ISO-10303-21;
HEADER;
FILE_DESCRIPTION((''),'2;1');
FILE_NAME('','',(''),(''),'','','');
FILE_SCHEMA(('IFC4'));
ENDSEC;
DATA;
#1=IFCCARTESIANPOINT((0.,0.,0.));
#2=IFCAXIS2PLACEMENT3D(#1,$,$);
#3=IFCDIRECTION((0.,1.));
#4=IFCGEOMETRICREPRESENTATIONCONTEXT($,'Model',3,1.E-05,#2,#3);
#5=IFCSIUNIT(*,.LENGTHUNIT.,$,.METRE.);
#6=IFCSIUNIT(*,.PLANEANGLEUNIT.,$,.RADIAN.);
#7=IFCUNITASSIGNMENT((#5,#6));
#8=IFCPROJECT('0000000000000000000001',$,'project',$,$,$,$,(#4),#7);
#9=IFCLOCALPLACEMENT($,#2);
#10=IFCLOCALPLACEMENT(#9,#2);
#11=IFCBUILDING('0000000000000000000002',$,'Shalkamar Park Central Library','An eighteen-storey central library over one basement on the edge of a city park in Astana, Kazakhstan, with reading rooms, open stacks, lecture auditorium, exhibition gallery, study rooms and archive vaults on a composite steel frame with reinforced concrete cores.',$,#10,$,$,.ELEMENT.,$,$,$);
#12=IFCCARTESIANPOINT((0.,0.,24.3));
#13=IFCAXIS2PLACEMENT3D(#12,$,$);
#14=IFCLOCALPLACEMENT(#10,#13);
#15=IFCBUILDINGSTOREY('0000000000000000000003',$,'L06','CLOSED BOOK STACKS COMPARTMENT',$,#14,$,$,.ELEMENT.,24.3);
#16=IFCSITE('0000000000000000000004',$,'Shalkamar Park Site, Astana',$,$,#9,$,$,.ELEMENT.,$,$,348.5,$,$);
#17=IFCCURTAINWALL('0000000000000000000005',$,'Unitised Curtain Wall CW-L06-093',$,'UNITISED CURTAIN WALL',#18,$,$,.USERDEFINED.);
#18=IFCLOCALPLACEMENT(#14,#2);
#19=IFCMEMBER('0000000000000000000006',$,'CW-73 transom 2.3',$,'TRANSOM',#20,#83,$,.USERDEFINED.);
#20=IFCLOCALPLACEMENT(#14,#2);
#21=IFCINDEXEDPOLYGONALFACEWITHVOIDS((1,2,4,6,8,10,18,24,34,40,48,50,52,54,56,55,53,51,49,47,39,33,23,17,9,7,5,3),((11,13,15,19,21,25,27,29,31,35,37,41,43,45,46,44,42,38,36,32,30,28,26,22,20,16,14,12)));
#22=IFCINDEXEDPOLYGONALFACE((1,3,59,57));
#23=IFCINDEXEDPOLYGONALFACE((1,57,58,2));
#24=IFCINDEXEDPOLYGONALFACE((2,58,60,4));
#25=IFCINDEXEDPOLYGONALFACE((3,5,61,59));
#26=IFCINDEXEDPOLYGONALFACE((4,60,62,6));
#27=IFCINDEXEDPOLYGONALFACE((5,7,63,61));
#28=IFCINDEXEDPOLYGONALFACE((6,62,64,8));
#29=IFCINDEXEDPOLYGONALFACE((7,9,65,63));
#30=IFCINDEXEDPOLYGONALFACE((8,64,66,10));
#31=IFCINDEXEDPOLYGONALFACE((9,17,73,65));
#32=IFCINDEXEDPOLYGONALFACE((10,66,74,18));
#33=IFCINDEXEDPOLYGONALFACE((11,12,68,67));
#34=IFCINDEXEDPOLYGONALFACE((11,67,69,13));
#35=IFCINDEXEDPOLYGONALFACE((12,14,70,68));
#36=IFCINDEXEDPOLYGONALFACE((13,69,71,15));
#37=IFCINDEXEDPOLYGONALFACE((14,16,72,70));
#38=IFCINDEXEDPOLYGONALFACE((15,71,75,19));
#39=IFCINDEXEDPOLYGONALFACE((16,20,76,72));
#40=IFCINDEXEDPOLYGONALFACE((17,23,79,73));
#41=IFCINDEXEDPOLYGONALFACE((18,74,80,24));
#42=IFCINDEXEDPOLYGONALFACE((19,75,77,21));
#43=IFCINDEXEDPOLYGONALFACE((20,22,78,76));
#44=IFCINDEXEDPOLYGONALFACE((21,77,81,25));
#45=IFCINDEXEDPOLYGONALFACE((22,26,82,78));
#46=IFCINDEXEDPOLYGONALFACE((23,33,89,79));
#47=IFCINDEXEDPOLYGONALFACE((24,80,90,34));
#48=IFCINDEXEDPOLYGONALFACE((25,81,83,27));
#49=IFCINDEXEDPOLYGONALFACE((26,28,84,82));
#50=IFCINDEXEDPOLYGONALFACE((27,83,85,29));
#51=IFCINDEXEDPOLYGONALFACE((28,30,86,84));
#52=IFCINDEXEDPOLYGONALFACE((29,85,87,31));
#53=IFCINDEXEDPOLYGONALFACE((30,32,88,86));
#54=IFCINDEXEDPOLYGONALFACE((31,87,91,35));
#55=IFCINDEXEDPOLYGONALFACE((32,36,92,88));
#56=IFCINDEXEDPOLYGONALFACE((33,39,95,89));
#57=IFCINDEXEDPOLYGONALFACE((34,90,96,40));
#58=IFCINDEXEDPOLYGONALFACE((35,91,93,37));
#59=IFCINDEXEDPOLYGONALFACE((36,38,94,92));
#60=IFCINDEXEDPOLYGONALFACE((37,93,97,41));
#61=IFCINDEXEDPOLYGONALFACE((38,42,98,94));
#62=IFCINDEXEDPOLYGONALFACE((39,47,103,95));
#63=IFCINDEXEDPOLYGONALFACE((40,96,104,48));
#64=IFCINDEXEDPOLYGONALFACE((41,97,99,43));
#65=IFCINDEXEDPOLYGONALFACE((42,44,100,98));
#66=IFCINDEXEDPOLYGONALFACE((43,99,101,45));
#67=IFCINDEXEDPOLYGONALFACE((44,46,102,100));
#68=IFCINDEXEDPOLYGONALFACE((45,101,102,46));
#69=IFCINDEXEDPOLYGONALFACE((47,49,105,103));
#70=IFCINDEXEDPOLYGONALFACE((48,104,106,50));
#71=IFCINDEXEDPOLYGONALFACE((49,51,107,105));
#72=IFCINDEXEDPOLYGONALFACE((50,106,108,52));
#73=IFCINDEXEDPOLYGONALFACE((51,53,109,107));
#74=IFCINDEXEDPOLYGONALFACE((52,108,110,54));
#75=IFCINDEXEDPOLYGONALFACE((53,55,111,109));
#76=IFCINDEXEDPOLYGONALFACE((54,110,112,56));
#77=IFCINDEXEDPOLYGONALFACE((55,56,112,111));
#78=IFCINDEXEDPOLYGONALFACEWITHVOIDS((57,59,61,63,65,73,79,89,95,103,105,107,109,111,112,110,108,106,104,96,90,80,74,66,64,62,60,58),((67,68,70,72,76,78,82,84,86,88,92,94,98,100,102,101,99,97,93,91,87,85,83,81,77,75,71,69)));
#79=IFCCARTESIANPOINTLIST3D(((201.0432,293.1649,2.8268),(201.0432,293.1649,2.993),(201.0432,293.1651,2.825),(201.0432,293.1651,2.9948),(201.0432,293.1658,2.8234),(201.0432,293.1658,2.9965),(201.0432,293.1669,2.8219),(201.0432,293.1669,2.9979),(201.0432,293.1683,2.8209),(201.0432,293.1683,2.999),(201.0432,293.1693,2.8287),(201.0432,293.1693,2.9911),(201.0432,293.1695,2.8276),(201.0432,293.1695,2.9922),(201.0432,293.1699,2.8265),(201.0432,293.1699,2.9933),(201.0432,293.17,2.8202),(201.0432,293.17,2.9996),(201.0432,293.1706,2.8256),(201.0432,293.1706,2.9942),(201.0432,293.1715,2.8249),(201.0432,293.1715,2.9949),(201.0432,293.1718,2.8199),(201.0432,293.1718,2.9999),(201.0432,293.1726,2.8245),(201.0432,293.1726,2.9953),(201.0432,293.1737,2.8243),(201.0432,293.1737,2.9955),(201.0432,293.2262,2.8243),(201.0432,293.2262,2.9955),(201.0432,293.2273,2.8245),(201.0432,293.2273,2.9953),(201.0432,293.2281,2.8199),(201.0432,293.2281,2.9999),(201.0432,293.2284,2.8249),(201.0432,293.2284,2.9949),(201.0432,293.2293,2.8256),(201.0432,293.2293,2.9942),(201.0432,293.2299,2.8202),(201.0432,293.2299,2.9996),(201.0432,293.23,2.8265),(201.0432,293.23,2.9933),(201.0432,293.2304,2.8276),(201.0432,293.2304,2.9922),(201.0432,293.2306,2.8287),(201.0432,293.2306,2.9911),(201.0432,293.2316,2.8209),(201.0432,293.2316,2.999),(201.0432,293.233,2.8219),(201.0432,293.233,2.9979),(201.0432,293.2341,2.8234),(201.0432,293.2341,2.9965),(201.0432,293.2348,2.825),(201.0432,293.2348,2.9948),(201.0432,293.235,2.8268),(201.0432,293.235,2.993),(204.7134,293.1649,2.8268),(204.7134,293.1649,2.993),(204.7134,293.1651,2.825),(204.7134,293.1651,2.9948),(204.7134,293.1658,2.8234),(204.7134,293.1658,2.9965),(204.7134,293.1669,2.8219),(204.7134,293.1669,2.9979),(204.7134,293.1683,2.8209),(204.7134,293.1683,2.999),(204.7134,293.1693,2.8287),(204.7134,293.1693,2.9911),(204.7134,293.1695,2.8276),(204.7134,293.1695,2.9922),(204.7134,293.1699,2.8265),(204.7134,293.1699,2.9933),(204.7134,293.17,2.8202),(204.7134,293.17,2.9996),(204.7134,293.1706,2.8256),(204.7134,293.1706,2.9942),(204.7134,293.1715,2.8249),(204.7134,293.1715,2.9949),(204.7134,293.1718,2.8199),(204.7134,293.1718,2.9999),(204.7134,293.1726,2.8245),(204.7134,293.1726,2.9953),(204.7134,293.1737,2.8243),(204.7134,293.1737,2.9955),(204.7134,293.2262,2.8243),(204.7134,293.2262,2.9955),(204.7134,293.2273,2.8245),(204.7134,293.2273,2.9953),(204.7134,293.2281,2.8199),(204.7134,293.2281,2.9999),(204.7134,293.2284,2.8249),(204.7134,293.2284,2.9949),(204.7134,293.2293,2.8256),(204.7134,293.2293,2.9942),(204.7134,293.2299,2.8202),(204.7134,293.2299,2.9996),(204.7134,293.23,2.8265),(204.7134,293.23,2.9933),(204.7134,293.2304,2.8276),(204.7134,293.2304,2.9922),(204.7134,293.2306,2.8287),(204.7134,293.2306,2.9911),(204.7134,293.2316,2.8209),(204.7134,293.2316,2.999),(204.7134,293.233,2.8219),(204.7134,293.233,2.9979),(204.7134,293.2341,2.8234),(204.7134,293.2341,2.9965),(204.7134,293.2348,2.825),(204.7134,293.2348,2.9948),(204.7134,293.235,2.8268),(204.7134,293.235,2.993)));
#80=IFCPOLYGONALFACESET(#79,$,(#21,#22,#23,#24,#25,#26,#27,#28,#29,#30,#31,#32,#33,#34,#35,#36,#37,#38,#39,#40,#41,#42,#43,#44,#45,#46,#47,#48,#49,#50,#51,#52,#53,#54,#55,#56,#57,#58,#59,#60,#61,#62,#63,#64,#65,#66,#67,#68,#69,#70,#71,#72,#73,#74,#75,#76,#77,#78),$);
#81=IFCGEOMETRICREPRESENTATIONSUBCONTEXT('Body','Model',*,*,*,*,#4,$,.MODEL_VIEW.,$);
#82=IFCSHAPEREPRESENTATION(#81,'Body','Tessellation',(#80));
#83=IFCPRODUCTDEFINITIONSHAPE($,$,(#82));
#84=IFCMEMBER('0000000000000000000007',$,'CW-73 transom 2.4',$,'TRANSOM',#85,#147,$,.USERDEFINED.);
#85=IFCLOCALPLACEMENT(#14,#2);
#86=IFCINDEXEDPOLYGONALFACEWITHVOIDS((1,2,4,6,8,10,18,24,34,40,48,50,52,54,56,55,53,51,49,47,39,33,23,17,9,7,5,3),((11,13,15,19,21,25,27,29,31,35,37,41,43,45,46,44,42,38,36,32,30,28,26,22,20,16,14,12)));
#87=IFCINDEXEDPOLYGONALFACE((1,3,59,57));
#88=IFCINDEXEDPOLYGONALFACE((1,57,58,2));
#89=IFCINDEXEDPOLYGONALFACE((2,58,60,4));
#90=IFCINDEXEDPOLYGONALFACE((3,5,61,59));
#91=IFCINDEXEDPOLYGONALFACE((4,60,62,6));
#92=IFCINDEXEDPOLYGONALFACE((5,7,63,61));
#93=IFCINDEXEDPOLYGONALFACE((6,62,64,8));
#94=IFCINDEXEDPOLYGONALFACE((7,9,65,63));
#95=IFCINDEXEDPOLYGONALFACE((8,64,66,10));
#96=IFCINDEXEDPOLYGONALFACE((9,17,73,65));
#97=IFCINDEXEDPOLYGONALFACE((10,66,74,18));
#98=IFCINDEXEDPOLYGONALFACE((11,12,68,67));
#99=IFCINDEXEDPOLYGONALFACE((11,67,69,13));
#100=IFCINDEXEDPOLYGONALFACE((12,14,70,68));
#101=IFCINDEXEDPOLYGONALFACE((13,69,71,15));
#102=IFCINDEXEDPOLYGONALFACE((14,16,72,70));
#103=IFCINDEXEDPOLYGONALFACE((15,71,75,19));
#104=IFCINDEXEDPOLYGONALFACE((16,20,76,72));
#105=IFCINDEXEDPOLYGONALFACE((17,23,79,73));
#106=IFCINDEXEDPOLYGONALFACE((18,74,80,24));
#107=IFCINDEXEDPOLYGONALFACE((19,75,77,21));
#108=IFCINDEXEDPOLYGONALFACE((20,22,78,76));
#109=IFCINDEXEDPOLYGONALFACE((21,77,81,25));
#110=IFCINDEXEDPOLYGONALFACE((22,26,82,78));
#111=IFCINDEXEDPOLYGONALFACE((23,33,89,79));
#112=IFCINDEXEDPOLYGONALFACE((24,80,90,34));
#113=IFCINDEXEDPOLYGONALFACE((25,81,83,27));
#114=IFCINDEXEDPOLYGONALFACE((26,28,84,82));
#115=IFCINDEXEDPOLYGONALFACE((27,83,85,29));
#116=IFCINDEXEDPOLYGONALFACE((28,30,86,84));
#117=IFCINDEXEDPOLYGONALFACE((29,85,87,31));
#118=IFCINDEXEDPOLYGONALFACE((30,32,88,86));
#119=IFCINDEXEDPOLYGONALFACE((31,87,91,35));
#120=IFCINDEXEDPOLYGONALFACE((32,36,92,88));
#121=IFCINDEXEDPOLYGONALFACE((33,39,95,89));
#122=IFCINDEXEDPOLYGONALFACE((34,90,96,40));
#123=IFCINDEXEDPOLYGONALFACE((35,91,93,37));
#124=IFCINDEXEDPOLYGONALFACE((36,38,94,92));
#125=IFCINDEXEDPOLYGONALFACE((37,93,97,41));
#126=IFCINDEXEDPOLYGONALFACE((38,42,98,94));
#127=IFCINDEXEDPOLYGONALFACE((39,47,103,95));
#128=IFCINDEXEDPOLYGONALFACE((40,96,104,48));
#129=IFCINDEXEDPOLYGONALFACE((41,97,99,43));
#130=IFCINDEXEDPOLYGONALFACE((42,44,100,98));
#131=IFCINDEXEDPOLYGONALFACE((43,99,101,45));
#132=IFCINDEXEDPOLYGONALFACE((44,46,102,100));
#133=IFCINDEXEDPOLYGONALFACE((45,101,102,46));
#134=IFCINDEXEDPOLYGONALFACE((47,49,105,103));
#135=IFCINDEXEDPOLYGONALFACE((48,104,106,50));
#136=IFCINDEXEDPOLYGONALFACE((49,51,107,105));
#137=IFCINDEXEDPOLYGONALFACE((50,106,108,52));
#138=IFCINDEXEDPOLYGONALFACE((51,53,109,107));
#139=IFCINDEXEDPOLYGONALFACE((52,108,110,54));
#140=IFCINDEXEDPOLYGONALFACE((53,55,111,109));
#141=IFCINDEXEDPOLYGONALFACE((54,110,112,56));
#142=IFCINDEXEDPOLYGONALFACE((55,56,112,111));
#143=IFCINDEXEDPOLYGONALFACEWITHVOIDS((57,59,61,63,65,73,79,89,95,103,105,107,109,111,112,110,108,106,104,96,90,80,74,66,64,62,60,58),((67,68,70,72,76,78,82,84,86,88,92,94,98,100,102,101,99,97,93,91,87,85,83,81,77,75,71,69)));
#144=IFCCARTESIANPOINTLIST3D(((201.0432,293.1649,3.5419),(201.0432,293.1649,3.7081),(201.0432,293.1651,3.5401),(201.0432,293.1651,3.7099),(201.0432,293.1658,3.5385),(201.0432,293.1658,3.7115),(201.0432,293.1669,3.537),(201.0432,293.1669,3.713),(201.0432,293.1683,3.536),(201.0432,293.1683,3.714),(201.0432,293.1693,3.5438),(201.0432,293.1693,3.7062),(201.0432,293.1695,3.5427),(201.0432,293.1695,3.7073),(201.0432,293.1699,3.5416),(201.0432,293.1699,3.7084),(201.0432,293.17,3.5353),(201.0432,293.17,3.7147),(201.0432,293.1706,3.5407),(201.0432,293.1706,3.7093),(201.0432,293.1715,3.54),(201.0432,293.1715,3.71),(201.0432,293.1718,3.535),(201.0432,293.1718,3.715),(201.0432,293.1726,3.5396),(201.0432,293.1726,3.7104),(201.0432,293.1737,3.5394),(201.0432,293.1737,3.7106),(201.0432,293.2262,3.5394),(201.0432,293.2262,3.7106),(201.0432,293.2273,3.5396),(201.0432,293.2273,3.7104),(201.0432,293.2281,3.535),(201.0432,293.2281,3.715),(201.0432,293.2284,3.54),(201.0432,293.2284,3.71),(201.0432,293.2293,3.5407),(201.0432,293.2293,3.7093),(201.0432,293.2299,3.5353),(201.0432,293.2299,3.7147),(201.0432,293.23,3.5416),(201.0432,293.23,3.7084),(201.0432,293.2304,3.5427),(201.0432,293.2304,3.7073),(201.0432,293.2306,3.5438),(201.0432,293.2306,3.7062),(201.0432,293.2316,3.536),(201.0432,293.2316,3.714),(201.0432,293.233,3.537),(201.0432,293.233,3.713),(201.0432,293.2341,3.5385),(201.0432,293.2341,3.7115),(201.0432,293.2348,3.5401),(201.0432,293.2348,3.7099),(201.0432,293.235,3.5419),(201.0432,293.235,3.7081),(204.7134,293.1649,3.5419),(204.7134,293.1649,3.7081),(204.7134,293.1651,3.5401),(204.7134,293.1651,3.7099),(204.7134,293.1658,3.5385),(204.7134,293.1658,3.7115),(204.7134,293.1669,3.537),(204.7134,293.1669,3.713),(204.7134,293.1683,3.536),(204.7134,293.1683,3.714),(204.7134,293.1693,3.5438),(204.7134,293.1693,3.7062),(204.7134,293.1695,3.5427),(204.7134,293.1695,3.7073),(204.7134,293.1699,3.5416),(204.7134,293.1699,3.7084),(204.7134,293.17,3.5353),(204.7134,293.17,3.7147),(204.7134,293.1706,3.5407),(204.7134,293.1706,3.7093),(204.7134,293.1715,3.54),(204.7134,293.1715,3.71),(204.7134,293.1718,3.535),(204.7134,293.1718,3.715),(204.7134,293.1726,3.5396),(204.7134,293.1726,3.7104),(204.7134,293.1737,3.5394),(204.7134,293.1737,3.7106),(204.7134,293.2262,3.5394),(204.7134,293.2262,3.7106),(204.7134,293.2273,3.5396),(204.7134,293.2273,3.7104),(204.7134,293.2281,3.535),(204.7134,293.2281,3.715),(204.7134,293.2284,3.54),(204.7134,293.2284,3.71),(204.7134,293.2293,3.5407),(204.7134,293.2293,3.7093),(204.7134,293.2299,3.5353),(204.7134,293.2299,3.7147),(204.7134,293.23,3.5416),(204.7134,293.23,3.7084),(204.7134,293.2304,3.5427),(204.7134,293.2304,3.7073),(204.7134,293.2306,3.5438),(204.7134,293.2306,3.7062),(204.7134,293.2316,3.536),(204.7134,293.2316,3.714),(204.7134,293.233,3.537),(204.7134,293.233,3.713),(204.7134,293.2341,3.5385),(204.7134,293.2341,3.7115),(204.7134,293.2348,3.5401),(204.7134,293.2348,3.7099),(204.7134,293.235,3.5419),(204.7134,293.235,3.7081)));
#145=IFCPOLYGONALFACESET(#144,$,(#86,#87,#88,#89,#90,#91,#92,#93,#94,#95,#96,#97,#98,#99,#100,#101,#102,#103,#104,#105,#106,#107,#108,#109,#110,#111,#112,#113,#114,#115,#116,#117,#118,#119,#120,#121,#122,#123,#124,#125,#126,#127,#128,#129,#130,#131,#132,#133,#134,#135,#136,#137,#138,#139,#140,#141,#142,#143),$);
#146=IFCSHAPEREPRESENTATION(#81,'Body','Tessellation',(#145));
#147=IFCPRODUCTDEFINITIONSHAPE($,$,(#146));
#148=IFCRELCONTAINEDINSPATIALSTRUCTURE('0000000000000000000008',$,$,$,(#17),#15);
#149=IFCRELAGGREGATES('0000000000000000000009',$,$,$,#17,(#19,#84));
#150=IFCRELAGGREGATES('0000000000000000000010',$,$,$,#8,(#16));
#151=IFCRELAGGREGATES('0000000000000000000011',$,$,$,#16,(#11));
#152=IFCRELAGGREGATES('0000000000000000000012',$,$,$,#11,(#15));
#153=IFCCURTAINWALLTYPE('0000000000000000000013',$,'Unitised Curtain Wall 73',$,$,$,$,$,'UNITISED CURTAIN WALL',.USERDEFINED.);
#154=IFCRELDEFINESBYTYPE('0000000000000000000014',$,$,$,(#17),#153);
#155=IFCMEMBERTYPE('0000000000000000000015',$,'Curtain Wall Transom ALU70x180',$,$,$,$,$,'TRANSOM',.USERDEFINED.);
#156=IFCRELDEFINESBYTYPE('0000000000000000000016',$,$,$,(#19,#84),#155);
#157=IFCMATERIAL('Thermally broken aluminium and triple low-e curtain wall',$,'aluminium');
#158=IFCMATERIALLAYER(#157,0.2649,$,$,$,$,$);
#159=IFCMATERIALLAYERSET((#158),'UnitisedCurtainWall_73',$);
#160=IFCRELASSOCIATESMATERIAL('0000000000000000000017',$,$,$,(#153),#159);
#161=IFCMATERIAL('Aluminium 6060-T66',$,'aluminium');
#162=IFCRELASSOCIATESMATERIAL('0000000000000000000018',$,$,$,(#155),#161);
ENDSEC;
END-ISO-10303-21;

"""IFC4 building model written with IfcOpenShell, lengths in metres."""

from ifc_helpers import new_model, si_unit, direction, frame, origin, origin_2d, place, context, subcontext, project, spatial, hollow_rectangle, extrude, material, layer, layer_set, material_profile, profile_set, type_object, element, aggregate, save


model = new_model("IFC4")

# Units and contexts
model_context = context("Model", 3, precision=1e-05, world=origin(), true_north=direction((0.0, 1.0)))
body_context = subcontext(model_context, "Body", "Model", "MODEL_VIEW")
ifc_project = project(units=[si_unit("LENGTHUNIT", "METRE"), si_unit("PLANEANGLEUNIT", "RADIAN")], contexts=[model_context])

# Site, building, storey
site_placement = place(None, origin())
site = spatial("IfcSite", under=ifc_project, at=site_placement, Name="Shalkamar Park Site, Astana", CompositionType="ELEMENT", RefElevation=348.5)
building_placement = place(site_placement, origin())
building = spatial("IfcBuilding", under=site, at=building_placement, Name="Shalkamar Park Central Library", Description="An eighteen-storey central library over one basement on the edge of a city park in Astana, Kazakhstan, with reading rooms, open stacks, lecture auditorium, exhibition gallery, study rooms and archive vaults on a composite steel frame with reinforced concrete cores.", CompositionType="ELEMENT")
storey_placement = place(building_placement, frame((0.0, 0.0, 24.3)))
storey = spatial("IfcBuildingStorey", under=building, at=storey_placement, Name="L06", Description="CLOSED BOOK STACKS COMPARTMENT", CompositionType="ELEMENT", Elevation=24.3)

# Shared definitions
ifc_material_1 = material(Name="Thermally broken aluminium and triple low-e curtain wall", Category="aluminium")
ifc_material_2 = material(Name="Aluminium 6060-T66", Category="aluminium")

# Curtain wall
ifc_layer_1 = layer(ifc_material_1, 0.2649)
ifc_layer_set_1 = layer_set([ifc_layer_1], Name="UnitisedCurtainWall_73")
curtain_wall_type_1 = type_object("IfcCurtainWallType", Name="Unitised Curtain Wall 73", ElementType="UNITISED CURTAIN WALL", PredefinedType="USERDEFINED", material=ifc_layer_set_1)
curtain_wall_1_placement = place(storey_placement, origin())
curtain_wall_1 = element("IfcCurtainWall", 1, at=curtain_wall_1_placement, inside=storey, type_object=curtain_wall_type_1, Name="Unitised Curtain Wall CW-L06-093", ObjectType="UNITISED CURTAIN WALL", PredefinedType="USERDEFINED")

# Members
ifc_material_profile_1 = material_profile(ifc_material_2, hollow_rectangle(XDim=0.0701, YDim=0.1799, WallThickness=0.0044, InnerFilletRadius=0.0044, OuterFilletRadius=0.0068, at=origin_2d()), Name="ALU 70x180x4.5")
ifc_profile_set_1 = profile_set([ifc_material_profile_1], Name="Aluminium 6060-T66")
member_type_1 = type_object("IfcMemberType", Name="Curtain Wall Transom ALU70x180", ElementType="TRANSOM", PredefinedType="USERDEFINED", material=ifc_profile_set_1)
member_1_placement = place(storey_placement, frame((201.0432, 293.2, 2.9099), z_axis=(1.0, 0.0, 0.0), x_axis=(0.0, 1.0, 0.0)))
member_1 = element("IfcMember", 2, at=member_1_placement, type_object=member_type_1, Name="CW-73 transom 2.3", ObjectType="TRANSOM", PredefinedType="USERDEFINED", context=body_context, shape_type="SweptSolid", body=[
    extrude(hollow_rectangle(XDim=0.0701, YDim=0.1799, WallThickness=0.0044, InnerFilletRadius=0.0044, OuterFilletRadius=0.0068, at=origin_2d()), origin(), (0.0, 0.0, 1.0), 3.6702),
])
member_2_placement = place(storey_placement, frame((201.0432, 293.2, 3.625), z_axis=(1.0, 0.0, 0.0), x_axis=(0.0, 1.0, 0.0)))
member_2 = element("IfcMember", 3, at=member_2_placement, type_object=member_type_1, Name="CW-73 transom 2.4", ObjectType="TRANSOM", PredefinedType="USERDEFINED", context=body_context, shape_type="SweptSolid", body=[
    extrude(hollow_rectangle(XDim=0.0701, YDim=0.1799, WallThickness=0.0044, InnerFilletRadius=0.0044, OuterFilletRadius=0.0068, at=origin_2d()), origin(), (0.0, 0.0, 1.0), 3.6702),
])

aggregate(curtain_wall_1, [member_1, member_2])

save(model, "model.ifc")
